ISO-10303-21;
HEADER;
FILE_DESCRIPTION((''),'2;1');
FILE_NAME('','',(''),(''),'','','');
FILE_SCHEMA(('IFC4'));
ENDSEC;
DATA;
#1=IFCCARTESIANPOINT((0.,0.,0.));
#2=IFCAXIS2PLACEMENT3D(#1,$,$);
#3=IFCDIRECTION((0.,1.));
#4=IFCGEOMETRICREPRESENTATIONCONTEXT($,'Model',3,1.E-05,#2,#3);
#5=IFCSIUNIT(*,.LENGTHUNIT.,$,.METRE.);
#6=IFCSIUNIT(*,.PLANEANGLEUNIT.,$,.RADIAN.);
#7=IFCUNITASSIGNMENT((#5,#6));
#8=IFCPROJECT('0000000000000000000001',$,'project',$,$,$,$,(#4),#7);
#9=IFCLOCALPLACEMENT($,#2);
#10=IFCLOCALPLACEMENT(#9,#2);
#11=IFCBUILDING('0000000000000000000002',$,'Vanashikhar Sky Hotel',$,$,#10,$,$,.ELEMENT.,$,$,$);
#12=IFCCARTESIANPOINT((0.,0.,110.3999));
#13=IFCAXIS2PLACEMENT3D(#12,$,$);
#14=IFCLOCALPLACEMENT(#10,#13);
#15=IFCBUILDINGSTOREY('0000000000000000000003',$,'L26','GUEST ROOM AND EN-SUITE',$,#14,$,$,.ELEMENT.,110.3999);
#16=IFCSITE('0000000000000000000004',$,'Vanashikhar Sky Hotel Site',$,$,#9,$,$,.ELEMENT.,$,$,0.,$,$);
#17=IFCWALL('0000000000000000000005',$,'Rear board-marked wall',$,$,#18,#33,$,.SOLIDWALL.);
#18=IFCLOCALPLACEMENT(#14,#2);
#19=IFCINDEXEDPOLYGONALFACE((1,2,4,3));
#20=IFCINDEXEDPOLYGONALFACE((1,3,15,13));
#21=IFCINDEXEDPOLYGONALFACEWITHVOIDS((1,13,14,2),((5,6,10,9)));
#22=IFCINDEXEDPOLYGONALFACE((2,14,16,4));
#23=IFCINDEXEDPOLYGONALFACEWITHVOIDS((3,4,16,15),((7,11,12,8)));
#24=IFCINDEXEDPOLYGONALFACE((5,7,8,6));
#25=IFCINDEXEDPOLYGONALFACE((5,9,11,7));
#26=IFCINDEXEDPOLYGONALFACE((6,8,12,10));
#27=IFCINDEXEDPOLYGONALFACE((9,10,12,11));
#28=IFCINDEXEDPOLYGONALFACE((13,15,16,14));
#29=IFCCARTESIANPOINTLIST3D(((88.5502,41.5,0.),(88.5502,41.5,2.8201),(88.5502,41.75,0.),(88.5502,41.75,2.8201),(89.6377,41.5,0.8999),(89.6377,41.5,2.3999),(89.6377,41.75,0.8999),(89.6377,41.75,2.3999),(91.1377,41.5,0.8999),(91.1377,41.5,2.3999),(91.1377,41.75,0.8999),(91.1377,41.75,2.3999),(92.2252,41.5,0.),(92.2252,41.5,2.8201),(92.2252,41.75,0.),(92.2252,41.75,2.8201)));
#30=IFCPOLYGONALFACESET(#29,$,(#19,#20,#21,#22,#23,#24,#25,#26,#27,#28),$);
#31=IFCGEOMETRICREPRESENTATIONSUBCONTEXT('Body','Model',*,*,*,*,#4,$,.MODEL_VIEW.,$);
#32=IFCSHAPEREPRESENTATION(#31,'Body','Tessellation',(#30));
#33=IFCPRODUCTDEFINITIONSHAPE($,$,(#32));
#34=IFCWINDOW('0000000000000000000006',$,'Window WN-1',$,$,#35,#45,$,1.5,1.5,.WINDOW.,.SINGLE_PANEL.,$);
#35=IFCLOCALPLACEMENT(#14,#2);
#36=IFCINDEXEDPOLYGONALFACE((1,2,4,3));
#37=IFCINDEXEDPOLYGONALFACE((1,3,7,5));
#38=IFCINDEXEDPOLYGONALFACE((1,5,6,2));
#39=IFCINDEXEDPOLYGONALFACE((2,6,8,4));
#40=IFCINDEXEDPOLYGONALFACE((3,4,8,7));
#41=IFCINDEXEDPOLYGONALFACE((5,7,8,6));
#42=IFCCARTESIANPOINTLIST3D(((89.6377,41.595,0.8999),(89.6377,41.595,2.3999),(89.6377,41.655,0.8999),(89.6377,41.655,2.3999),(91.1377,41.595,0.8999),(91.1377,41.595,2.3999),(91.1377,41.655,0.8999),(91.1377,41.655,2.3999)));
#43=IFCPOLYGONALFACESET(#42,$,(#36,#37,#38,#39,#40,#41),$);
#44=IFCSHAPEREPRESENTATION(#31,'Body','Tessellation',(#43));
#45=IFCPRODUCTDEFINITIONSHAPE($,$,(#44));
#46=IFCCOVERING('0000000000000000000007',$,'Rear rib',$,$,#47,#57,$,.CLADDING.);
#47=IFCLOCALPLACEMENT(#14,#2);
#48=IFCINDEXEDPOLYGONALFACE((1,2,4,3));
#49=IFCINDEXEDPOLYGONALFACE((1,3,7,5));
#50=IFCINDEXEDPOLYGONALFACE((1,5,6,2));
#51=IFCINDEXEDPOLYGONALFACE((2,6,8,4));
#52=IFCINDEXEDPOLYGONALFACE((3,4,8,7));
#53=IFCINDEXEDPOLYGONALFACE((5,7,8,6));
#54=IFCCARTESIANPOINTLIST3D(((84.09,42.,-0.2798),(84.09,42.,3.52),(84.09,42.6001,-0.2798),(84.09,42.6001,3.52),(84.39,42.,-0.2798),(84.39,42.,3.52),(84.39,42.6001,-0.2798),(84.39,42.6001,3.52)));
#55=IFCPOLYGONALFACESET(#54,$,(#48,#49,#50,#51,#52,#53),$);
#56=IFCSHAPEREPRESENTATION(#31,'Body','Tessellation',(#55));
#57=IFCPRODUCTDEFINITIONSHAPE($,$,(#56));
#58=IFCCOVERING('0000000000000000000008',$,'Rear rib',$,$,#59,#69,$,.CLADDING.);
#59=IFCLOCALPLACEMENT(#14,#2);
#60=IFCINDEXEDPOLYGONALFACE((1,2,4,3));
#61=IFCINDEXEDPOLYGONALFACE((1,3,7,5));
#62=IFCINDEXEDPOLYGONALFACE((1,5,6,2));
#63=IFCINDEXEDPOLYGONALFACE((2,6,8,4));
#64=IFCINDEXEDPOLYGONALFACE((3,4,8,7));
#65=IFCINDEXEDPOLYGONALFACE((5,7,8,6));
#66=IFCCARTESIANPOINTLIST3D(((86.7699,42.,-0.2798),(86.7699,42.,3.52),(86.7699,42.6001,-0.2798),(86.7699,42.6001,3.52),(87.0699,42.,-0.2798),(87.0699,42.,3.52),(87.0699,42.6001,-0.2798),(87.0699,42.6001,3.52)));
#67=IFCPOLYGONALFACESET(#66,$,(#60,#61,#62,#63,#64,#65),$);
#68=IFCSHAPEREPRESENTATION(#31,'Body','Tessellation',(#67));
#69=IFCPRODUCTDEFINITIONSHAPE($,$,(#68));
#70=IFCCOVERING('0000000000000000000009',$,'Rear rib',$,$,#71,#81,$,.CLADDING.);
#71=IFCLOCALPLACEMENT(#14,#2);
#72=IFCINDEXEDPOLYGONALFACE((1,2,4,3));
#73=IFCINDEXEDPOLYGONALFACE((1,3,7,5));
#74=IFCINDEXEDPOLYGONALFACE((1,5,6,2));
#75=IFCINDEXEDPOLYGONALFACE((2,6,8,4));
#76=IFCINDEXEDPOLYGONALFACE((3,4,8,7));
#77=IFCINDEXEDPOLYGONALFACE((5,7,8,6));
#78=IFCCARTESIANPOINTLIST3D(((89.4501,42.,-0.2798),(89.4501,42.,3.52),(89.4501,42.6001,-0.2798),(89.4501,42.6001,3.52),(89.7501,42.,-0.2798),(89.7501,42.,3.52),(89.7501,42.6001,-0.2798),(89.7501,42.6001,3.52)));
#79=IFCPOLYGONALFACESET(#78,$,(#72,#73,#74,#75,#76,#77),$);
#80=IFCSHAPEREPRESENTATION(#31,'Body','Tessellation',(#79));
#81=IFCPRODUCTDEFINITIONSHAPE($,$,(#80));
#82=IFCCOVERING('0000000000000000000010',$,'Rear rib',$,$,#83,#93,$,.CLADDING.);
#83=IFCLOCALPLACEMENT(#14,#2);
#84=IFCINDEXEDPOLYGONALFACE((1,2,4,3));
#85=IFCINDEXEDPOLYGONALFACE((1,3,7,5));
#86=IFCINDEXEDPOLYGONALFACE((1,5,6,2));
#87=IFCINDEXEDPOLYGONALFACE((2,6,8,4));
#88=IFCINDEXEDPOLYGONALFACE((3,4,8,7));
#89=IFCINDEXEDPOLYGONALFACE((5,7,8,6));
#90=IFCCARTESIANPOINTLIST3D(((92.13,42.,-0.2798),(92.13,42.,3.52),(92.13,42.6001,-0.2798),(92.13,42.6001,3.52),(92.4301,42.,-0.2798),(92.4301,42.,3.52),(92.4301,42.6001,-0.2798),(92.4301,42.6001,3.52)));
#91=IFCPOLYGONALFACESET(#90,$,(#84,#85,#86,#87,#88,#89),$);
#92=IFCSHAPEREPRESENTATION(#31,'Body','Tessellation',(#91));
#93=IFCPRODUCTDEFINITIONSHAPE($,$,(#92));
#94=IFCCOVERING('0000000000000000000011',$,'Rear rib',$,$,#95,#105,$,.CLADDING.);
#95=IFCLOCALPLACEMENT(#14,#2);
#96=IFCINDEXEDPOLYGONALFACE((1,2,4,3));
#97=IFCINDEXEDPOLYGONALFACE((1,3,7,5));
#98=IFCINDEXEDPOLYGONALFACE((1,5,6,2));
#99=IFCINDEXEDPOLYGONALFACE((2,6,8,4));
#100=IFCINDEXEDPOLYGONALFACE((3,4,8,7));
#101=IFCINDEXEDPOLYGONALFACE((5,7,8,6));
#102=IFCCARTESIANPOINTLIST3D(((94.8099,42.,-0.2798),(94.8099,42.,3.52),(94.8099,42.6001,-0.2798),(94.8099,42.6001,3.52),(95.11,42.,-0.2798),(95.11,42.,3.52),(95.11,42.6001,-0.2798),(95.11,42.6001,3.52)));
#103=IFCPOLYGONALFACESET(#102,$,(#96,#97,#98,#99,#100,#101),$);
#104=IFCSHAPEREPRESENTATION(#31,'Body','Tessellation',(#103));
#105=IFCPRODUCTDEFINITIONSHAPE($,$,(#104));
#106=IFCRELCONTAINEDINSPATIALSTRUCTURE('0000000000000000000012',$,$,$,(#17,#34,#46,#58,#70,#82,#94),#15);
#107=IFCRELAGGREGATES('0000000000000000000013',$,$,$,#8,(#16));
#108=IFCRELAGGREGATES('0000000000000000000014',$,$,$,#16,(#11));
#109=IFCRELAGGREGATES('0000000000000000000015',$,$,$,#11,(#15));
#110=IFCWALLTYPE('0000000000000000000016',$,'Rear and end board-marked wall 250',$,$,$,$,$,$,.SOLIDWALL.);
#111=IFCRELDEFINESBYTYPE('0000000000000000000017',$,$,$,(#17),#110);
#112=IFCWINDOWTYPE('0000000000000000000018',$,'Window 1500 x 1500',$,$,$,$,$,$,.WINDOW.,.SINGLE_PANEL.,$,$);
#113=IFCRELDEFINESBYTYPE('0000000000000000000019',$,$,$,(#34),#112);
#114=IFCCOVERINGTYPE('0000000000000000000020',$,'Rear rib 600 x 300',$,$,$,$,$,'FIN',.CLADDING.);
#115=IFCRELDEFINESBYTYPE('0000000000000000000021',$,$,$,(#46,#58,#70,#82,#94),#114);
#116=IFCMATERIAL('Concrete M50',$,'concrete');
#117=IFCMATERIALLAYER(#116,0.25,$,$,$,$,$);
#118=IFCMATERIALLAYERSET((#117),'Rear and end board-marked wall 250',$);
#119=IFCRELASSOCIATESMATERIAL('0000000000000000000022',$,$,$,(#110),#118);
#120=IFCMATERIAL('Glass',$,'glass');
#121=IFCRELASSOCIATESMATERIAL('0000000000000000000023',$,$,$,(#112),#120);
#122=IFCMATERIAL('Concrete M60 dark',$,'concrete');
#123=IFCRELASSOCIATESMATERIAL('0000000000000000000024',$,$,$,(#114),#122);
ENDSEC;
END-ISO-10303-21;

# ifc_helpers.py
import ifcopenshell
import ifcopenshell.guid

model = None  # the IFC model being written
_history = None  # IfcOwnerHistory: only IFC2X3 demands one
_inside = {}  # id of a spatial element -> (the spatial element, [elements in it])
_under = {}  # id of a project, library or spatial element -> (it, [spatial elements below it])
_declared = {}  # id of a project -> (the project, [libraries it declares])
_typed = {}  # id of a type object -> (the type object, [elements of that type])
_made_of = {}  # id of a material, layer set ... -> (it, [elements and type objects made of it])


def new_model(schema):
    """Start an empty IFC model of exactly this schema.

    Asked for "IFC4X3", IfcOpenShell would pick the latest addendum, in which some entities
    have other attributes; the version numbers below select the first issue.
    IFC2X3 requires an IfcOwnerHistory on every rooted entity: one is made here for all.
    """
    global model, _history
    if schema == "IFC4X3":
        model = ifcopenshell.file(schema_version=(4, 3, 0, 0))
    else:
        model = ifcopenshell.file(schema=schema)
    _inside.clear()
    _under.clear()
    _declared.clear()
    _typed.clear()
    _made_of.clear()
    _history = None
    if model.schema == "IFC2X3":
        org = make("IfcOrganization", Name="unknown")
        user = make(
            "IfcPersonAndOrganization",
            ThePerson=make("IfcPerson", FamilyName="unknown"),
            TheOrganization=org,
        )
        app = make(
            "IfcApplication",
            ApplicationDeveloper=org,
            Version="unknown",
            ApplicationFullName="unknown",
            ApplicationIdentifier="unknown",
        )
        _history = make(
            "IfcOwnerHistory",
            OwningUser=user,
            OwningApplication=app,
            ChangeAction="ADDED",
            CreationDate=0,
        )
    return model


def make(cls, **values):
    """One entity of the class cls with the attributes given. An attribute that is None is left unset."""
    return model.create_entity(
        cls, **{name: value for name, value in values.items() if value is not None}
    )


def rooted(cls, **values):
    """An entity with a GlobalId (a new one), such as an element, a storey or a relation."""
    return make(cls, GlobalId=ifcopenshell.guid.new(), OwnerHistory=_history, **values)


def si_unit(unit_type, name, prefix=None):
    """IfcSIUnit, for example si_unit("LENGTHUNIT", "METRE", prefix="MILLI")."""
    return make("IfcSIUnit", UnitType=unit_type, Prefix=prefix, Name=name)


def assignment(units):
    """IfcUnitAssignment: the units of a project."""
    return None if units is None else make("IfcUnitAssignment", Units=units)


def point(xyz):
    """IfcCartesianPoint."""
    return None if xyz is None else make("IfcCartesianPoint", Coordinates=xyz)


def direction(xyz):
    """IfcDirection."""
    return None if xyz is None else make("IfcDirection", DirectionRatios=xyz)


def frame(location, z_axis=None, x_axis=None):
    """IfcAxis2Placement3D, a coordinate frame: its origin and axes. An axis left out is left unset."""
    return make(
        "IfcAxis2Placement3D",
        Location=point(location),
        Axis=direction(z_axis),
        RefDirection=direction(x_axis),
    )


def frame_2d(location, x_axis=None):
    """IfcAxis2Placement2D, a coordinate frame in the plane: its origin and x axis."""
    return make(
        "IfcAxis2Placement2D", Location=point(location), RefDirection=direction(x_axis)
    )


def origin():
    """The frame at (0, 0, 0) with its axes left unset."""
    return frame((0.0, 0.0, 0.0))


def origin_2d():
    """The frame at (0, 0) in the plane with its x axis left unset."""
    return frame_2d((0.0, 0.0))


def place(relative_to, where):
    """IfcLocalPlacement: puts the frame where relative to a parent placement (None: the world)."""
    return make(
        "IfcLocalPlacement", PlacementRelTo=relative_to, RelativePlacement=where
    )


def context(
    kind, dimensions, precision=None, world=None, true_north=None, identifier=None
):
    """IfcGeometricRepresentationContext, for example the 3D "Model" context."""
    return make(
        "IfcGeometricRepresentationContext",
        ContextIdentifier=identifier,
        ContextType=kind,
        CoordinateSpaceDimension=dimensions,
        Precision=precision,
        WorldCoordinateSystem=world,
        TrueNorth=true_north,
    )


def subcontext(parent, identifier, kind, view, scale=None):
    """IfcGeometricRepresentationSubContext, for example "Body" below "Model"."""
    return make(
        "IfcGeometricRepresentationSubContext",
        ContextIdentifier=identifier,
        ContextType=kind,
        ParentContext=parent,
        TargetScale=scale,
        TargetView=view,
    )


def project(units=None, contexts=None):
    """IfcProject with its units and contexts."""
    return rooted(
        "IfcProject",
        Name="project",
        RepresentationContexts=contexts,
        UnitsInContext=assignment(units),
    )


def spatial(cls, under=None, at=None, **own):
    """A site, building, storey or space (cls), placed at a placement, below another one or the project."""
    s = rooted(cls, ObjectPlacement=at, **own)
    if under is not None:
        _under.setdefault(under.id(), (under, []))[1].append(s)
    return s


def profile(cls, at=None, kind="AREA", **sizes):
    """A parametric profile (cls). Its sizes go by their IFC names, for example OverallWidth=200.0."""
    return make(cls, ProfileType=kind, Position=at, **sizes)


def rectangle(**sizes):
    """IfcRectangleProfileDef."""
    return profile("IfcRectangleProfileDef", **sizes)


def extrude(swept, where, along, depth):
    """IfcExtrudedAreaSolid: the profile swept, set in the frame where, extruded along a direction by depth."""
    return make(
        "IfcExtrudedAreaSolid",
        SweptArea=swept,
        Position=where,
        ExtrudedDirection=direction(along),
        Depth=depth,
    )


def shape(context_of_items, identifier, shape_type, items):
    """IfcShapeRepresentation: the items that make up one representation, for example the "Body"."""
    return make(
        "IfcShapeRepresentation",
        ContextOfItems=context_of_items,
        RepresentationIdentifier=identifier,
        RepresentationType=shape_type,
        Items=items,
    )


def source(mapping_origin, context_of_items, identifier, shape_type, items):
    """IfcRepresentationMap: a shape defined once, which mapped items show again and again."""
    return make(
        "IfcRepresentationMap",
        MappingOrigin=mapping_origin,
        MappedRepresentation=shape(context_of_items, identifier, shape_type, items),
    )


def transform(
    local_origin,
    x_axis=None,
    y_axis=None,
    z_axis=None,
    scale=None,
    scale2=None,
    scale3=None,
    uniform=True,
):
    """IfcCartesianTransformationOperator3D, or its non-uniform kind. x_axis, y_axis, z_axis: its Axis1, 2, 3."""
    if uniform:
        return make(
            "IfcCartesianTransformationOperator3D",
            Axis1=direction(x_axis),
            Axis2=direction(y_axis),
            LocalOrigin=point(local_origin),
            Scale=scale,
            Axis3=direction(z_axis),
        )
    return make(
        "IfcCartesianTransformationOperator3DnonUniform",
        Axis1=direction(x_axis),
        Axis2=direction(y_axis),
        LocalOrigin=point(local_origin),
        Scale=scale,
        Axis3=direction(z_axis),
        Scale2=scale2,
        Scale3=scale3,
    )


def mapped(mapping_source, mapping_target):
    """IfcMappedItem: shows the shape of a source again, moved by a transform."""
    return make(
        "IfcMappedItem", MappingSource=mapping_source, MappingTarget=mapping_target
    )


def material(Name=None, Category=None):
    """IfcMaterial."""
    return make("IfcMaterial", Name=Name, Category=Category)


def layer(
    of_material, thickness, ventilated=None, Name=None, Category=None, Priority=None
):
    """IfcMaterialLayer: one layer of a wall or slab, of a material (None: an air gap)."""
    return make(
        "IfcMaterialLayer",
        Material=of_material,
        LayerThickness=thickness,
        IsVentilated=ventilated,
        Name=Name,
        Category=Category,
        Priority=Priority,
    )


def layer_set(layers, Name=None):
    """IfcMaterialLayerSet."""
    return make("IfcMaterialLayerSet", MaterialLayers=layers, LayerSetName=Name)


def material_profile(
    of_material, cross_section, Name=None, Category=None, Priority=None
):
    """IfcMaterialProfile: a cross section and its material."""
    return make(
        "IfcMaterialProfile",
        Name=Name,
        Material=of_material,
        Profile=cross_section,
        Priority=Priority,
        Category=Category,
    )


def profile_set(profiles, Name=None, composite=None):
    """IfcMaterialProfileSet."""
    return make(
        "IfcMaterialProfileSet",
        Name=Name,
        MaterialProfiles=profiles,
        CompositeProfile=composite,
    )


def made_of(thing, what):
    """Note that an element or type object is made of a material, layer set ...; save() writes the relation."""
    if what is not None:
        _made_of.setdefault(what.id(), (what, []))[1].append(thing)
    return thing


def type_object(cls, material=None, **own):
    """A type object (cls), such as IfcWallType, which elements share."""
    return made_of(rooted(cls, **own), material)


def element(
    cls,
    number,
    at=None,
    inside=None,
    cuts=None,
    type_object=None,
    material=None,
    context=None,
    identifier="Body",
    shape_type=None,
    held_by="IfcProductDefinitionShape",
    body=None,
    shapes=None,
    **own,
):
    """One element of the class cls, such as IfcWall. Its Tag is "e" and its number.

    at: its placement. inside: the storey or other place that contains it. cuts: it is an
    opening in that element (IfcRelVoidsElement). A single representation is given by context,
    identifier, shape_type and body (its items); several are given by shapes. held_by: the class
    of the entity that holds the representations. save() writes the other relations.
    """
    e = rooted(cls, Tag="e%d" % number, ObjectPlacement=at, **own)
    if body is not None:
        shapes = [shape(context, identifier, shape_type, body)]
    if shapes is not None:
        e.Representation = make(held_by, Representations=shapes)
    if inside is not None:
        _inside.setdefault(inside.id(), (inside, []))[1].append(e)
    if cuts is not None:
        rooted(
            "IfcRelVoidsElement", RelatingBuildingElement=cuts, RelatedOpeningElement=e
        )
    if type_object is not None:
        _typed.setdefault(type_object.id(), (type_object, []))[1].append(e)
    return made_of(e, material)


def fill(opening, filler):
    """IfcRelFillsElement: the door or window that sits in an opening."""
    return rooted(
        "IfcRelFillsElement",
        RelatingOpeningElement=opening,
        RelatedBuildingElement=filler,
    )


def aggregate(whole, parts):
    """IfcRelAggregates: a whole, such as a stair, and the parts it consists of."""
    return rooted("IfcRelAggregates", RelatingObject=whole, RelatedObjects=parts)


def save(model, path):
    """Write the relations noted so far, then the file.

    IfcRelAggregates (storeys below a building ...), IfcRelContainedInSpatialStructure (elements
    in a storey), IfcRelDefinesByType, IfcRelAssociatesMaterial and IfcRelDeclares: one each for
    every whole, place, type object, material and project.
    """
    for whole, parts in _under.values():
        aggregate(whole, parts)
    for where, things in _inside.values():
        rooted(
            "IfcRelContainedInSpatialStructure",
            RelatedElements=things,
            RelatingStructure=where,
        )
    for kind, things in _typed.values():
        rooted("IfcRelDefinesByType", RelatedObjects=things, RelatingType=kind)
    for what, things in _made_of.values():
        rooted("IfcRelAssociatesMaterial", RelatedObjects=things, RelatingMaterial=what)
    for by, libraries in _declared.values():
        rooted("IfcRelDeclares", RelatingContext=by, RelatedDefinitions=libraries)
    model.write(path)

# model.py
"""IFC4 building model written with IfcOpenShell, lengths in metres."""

from ifc_helpers import new_model, si_unit, direction, frame, frame_2d, origin, origin_2d, place, context, subcontext, project, spatial, rectangle, extrude, source, transform, mapped, material, layer, layer_set, material_profile, profile_set, type_object, element, fill, save


model = new_model("IFC4")

# Units and contexts
model_context = context("Model", 3, precision=1e-05, world=origin(), true_north=direction((0.0, 1.0)))
body_context = subcontext(model_context, "Body", "Model", "MODEL_VIEW")
ifc_project = project(units=[si_unit("LENGTHUNIT", "METRE"), si_unit("PLANEANGLEUNIT", "RADIAN")], contexts=[model_context])

# Site, building, storey
site_placement = place(None, origin())
site = spatial("IfcSite", under=ifc_project, at=site_placement, Name="Vanashikhar Sky Hotel Site", CompositionType="ELEMENT", RefElevation=0.0)
building_placement = place(site_placement, origin())
building = spatial("IfcBuilding", under=site, at=building_placement, Name="Vanashikhar Sky Hotel", CompositionType="ELEMENT")
storey_placement = place(building_placement, frame((0.0, 0.0, 110.3999)))
storey = spatial("IfcBuildingStorey", under=building, at=storey_placement, Name="L26", Description="GUEST ROOM AND EN-SUITE", CompositionType="ELEMENT", Elevation=110.3999)

# Shared definitions
ifc_material_1 = material(Name="Concrete M50", Category="concrete")

# Wall, opening, window
ifc_material_2 = material(Name="Glass", Category="glass")
ifc_layer_1 = layer(ifc_material_1, 0.25)
ifc_layer_set_1 = layer_set([ifc_layer_1], Name="Rear and end board-marked wall 250")
wall_type_1 = type_object("IfcWallType", Name="Rear and end board-marked wall 250", PredefinedType="SOLIDWALL", material=ifc_layer_set_1)
shared_shape_1 = source(origin(), body_context, "Body", "SweptSolid", [
    extrude(rectangle(XDim=1.5, YDim=1.5, at=frame_2d((0.75, 0.75))), frame((0.0, 0.135, 0.0), z_axis=(0.0, -1.0, 0.0), x_axis=(1.0, 0.0, 0.0)), (0.0, 0.0, 1.0), 0.27),
])
window_type_1 = type_object("IfcWindowType", Name="Window 1500 x 1500", PartitioningType="SINGLE_PANEL", PredefinedType="WINDOW", material=ifc_material_2)
shared_shape_2 = source(origin(), body_context, "Body", "SweptSolid", [
    extrude(rectangle(XDim=1.5, YDim=1.5, at=frame_2d((0.75, 0.75))), frame((0.0, 0.03, 0.0), z_axis=(0.0, -1.0, 0.0), x_axis=(1.0, 0.0, 0.0)), (0.0, 0.0, 1.0), 0.0601),
])
shared_shape_3 = source(origin(), body_context, "Body", "SweptSolid", [
    extrude(rectangle(XDim=3.675, YDim=0.25, at=frame_2d((1.8374, 0.0))), origin(), (0.0, 0.0, 1.0), 2.8201),
])
wall_1_placement = place(storey_placement, frame((92.2251, 41.625, 0.0), z_axis=(0.0, 0.0, 1.0), x_axis=(-1.0, 0.0, 0.0)))
wall_1 = element("IfcWall", 1, at=wall_1_placement, inside=storey, type_object=wall_type_1, Name="Rear board-marked wall", PredefinedType="SOLIDWALL", context=body_context, shape_type="MappedRepresentation", body=[
    mapped(shared_shape_3, transform((0.0, 0.0, 0.0), scale=1.0)),
])
opening_1_placement = place(wall_1_placement, frame((1.0874, 0.0, 0.8999)))
opening_1 = element("IfcOpeningElement", 2, at=opening_1_placement, cuts=wall_1, PredefinedType="OPENING", context=body_context, shape_type="MappedRepresentation", body=[
    mapped(shared_shape_1, transform((0.0, 0.0, 0.0), scale=1.0)),
])
window_1_placement = place(opening_1_placement, origin())
window_1 = element("IfcWindow", 3, at=window_1_placement, inside=storey, type_object=window_type_1, Name="Window WN-1", OverallHeight=1.5, OverallWidth=1.5, PartitioningType="SINGLE_PANEL", PredefinedType="WINDOW", context=body_context, shape_type="MappedRepresentation", body=[
    mapped(shared_shape_2, transform((0.0, 0.0, 0.0), scale=1.0)),
])
fill(opening_1, window_1)

# Coverings
ifc_material_3 = material(Name="Concrete M60 dark", Category="concrete")
ifc_material_profile_1 = material_profile(ifc_material_3, rectangle(XDim=0.6001, YDim=0.3, at=origin_2d()))
ifc_profile_set_1 = profile_set([ifc_material_profile_1], Name="Rear rib 600 x 300")
covering_type = type_object("IfcCoveringType", Name="Rear rib 600 x 300", ElementType="FIN", PredefinedType="CLADDING", material=ifc_profile_set_1)
shared_shape_4 = source(origin(), body_context, "Body", "SweptSolid", [
    extrude(rectangle(XDim=0.6001, YDim=0.3, at=origin_2d()), origin(), (0.0, 0.0, 1.0), 3.7998),
])
for number, where, z_axis, x_axis, name in (
    (4, (84.24, 42.3, -0.2798), (0.0, 0.0, 1.0), (0.0, 1.0, 0.0), "Rear rib"),
    (5, (86.9199, 42.3, -0.2798), (0.0, 0.0, 1.0), (0.0, 1.0, 0.0), "Rear rib"),
    (6, (89.6001, 42.3, -0.2798), (0.0, 0.0, 1.0), (0.0, 1.0, 0.0), "Rear rib"),
    (7, (92.28, 42.3, -0.2798), (0.0, 0.0, 1.0), (0.0, 1.0, 0.0), "Rear rib"),
    (8, (94.96, 42.3, -0.2798), (0.0, 0.0, 1.0), (0.0, 1.0, 0.0), "Rear rib"),
):
    element("IfcCovering", number, at=place(storey_placement, frame(where, z_axis=z_axis, x_axis=x_axis)), inside=storey, type_object=covering_type, Name=name, PredefinedType="CLADDING", context=body_context, shape_type="MappedRepresentation", body=[
        mapped(shared_shape_4, transform((0.0, 0.0, 0.0), scale=1.0)),
    ])

save(model, "model.ifc")
